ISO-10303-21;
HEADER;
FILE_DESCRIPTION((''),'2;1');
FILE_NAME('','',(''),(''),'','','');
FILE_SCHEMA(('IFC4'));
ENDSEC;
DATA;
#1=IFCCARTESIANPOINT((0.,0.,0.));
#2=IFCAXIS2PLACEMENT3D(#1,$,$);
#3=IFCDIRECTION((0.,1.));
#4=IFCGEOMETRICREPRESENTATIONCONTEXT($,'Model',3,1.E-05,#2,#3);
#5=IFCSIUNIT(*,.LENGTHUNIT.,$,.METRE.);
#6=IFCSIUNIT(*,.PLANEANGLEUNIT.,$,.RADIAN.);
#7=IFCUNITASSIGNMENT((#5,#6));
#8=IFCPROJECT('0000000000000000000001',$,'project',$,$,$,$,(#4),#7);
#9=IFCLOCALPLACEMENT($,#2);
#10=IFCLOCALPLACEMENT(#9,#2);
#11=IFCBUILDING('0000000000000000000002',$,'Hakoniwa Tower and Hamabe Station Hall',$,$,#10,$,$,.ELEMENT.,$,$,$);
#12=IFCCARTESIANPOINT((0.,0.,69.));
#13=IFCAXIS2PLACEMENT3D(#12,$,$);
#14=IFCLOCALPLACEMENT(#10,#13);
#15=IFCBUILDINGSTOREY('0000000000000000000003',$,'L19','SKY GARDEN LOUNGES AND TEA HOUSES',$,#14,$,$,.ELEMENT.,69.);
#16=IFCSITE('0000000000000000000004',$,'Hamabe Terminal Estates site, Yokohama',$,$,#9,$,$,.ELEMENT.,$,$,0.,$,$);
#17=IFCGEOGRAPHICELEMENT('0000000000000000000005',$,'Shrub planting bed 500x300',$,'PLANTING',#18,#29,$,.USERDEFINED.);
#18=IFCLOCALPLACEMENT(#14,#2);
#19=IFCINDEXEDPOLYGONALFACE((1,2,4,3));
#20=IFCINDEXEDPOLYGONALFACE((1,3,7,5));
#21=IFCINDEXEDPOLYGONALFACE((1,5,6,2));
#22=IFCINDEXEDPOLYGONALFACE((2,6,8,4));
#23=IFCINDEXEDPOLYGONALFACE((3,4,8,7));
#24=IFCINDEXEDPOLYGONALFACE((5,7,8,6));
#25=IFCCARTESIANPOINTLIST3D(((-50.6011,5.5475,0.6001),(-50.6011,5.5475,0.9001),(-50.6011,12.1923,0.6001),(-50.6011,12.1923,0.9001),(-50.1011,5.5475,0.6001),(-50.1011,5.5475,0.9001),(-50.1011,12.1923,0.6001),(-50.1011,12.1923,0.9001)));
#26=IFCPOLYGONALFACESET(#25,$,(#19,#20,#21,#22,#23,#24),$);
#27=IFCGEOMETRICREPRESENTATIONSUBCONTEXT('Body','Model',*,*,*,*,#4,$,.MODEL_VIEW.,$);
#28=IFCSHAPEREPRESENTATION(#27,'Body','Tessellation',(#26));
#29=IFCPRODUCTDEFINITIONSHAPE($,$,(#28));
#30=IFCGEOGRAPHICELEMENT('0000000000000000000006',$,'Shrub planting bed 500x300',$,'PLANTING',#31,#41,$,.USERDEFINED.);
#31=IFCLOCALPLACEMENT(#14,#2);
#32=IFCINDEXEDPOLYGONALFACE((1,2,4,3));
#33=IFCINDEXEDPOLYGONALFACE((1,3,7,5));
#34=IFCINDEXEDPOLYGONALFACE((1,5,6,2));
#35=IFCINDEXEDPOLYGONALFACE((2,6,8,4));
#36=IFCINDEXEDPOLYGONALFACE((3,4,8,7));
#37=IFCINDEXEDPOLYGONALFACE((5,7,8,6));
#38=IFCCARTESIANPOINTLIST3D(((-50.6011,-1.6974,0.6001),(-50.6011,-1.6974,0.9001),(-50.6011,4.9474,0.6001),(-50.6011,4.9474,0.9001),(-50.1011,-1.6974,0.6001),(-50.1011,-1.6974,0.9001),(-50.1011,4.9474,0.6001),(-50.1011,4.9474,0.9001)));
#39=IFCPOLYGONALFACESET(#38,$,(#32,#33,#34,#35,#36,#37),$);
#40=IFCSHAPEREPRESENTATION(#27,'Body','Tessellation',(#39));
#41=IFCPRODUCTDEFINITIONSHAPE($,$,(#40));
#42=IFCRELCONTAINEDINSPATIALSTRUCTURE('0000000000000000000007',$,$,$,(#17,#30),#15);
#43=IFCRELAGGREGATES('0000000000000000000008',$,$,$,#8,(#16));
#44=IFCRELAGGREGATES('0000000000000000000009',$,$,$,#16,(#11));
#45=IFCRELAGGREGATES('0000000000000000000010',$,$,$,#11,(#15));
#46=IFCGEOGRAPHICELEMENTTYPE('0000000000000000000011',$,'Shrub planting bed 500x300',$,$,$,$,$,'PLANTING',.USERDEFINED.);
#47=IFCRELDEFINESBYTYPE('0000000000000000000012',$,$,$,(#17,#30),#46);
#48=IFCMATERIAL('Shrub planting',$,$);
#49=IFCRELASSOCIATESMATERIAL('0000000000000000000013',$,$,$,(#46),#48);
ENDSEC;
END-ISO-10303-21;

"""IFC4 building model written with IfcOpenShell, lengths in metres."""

from ifc_helpers import new_model, si_unit, direction, frame, origin, origin_2d, place, context, subcontext, project, spatial, rectangle, extrude, material, type_object, element, save


model = new_model("IFC4")

# Units and contexts
model_context = context("Model", 3, precision=1e-05, world=origin(), true_north=direction((0.0, 1.0)))
body_context = subcontext(model_context, "Body", "Model", "MODEL_VIEW")
ifc_project = project(units=[si_unit("LENGTHUNIT", "METRE"), si_unit("PLANEANGLEUNIT", "RADIAN")], contexts=[model_context])

# Site, building, storey
site_placement = place(None, origin())
site = spatial("IfcSite", under=ifc_project, at=site_placement, Name="Hamabe Terminal Estates site, Yokohama", CompositionType="ELEMENT", RefElevation=0.0)
building_placement = place(site_placement, origin())
building = spatial("IfcBuilding", under=site, at=building_placement, Name="Hakoniwa Tower and Hamabe Station Hall", CompositionType="ELEMENT")
storey_placement = place(building_placement, frame((0.0, 0.0, 69.0)))
storey = spatial("IfcBuildingStorey", under=building, at=storey_placement, Name="L19", Description="SKY GARDEN LOUNGES AND TEA HOUSES", CompositionType="ELEMENT", Elevation=69.0)

# Geographic elements
ifc_material_1 = material(Name="Shrub planting")
geographic_element_type = type_object("IfcGeographicElementType", Name="Shrub planting bed 500x300", ElementType="PLANTING", PredefinedType="USERDEFINED", material=ifc_material_1)
for number, where, z_axis, x_axis, name in (
    (1, (-50.3511, 8.8699, 0.6001), (0.0, 0.0, 1.0), (0.0, -1.0, 0.0), "Shrub planting bed 500x300"),
    (2, (-50.3511, 1.625, 0.6001), (0.0, 0.0, 1.0), (0.0, -1.0, 0.0), "Shrub planting bed 500x300"),
):
    element("IfcGeographicElement", number, at=place(storey_placement, frame(where, z_axis=z_axis, x_axis=x_axis)), inside=storey, type_object=geographic_element_type, Name=name, ObjectType="PLANTING", PredefinedType="USERDEFINED", context=body_context, shape_type="SweptSolid", body=[
        extrude(rectangle(XDim=6.6448, YDim=0.5, at=origin_2d()), origin(), (0.0, 0.0, 1.0), 0.3),
    ])

save(model, "model.ifc")
